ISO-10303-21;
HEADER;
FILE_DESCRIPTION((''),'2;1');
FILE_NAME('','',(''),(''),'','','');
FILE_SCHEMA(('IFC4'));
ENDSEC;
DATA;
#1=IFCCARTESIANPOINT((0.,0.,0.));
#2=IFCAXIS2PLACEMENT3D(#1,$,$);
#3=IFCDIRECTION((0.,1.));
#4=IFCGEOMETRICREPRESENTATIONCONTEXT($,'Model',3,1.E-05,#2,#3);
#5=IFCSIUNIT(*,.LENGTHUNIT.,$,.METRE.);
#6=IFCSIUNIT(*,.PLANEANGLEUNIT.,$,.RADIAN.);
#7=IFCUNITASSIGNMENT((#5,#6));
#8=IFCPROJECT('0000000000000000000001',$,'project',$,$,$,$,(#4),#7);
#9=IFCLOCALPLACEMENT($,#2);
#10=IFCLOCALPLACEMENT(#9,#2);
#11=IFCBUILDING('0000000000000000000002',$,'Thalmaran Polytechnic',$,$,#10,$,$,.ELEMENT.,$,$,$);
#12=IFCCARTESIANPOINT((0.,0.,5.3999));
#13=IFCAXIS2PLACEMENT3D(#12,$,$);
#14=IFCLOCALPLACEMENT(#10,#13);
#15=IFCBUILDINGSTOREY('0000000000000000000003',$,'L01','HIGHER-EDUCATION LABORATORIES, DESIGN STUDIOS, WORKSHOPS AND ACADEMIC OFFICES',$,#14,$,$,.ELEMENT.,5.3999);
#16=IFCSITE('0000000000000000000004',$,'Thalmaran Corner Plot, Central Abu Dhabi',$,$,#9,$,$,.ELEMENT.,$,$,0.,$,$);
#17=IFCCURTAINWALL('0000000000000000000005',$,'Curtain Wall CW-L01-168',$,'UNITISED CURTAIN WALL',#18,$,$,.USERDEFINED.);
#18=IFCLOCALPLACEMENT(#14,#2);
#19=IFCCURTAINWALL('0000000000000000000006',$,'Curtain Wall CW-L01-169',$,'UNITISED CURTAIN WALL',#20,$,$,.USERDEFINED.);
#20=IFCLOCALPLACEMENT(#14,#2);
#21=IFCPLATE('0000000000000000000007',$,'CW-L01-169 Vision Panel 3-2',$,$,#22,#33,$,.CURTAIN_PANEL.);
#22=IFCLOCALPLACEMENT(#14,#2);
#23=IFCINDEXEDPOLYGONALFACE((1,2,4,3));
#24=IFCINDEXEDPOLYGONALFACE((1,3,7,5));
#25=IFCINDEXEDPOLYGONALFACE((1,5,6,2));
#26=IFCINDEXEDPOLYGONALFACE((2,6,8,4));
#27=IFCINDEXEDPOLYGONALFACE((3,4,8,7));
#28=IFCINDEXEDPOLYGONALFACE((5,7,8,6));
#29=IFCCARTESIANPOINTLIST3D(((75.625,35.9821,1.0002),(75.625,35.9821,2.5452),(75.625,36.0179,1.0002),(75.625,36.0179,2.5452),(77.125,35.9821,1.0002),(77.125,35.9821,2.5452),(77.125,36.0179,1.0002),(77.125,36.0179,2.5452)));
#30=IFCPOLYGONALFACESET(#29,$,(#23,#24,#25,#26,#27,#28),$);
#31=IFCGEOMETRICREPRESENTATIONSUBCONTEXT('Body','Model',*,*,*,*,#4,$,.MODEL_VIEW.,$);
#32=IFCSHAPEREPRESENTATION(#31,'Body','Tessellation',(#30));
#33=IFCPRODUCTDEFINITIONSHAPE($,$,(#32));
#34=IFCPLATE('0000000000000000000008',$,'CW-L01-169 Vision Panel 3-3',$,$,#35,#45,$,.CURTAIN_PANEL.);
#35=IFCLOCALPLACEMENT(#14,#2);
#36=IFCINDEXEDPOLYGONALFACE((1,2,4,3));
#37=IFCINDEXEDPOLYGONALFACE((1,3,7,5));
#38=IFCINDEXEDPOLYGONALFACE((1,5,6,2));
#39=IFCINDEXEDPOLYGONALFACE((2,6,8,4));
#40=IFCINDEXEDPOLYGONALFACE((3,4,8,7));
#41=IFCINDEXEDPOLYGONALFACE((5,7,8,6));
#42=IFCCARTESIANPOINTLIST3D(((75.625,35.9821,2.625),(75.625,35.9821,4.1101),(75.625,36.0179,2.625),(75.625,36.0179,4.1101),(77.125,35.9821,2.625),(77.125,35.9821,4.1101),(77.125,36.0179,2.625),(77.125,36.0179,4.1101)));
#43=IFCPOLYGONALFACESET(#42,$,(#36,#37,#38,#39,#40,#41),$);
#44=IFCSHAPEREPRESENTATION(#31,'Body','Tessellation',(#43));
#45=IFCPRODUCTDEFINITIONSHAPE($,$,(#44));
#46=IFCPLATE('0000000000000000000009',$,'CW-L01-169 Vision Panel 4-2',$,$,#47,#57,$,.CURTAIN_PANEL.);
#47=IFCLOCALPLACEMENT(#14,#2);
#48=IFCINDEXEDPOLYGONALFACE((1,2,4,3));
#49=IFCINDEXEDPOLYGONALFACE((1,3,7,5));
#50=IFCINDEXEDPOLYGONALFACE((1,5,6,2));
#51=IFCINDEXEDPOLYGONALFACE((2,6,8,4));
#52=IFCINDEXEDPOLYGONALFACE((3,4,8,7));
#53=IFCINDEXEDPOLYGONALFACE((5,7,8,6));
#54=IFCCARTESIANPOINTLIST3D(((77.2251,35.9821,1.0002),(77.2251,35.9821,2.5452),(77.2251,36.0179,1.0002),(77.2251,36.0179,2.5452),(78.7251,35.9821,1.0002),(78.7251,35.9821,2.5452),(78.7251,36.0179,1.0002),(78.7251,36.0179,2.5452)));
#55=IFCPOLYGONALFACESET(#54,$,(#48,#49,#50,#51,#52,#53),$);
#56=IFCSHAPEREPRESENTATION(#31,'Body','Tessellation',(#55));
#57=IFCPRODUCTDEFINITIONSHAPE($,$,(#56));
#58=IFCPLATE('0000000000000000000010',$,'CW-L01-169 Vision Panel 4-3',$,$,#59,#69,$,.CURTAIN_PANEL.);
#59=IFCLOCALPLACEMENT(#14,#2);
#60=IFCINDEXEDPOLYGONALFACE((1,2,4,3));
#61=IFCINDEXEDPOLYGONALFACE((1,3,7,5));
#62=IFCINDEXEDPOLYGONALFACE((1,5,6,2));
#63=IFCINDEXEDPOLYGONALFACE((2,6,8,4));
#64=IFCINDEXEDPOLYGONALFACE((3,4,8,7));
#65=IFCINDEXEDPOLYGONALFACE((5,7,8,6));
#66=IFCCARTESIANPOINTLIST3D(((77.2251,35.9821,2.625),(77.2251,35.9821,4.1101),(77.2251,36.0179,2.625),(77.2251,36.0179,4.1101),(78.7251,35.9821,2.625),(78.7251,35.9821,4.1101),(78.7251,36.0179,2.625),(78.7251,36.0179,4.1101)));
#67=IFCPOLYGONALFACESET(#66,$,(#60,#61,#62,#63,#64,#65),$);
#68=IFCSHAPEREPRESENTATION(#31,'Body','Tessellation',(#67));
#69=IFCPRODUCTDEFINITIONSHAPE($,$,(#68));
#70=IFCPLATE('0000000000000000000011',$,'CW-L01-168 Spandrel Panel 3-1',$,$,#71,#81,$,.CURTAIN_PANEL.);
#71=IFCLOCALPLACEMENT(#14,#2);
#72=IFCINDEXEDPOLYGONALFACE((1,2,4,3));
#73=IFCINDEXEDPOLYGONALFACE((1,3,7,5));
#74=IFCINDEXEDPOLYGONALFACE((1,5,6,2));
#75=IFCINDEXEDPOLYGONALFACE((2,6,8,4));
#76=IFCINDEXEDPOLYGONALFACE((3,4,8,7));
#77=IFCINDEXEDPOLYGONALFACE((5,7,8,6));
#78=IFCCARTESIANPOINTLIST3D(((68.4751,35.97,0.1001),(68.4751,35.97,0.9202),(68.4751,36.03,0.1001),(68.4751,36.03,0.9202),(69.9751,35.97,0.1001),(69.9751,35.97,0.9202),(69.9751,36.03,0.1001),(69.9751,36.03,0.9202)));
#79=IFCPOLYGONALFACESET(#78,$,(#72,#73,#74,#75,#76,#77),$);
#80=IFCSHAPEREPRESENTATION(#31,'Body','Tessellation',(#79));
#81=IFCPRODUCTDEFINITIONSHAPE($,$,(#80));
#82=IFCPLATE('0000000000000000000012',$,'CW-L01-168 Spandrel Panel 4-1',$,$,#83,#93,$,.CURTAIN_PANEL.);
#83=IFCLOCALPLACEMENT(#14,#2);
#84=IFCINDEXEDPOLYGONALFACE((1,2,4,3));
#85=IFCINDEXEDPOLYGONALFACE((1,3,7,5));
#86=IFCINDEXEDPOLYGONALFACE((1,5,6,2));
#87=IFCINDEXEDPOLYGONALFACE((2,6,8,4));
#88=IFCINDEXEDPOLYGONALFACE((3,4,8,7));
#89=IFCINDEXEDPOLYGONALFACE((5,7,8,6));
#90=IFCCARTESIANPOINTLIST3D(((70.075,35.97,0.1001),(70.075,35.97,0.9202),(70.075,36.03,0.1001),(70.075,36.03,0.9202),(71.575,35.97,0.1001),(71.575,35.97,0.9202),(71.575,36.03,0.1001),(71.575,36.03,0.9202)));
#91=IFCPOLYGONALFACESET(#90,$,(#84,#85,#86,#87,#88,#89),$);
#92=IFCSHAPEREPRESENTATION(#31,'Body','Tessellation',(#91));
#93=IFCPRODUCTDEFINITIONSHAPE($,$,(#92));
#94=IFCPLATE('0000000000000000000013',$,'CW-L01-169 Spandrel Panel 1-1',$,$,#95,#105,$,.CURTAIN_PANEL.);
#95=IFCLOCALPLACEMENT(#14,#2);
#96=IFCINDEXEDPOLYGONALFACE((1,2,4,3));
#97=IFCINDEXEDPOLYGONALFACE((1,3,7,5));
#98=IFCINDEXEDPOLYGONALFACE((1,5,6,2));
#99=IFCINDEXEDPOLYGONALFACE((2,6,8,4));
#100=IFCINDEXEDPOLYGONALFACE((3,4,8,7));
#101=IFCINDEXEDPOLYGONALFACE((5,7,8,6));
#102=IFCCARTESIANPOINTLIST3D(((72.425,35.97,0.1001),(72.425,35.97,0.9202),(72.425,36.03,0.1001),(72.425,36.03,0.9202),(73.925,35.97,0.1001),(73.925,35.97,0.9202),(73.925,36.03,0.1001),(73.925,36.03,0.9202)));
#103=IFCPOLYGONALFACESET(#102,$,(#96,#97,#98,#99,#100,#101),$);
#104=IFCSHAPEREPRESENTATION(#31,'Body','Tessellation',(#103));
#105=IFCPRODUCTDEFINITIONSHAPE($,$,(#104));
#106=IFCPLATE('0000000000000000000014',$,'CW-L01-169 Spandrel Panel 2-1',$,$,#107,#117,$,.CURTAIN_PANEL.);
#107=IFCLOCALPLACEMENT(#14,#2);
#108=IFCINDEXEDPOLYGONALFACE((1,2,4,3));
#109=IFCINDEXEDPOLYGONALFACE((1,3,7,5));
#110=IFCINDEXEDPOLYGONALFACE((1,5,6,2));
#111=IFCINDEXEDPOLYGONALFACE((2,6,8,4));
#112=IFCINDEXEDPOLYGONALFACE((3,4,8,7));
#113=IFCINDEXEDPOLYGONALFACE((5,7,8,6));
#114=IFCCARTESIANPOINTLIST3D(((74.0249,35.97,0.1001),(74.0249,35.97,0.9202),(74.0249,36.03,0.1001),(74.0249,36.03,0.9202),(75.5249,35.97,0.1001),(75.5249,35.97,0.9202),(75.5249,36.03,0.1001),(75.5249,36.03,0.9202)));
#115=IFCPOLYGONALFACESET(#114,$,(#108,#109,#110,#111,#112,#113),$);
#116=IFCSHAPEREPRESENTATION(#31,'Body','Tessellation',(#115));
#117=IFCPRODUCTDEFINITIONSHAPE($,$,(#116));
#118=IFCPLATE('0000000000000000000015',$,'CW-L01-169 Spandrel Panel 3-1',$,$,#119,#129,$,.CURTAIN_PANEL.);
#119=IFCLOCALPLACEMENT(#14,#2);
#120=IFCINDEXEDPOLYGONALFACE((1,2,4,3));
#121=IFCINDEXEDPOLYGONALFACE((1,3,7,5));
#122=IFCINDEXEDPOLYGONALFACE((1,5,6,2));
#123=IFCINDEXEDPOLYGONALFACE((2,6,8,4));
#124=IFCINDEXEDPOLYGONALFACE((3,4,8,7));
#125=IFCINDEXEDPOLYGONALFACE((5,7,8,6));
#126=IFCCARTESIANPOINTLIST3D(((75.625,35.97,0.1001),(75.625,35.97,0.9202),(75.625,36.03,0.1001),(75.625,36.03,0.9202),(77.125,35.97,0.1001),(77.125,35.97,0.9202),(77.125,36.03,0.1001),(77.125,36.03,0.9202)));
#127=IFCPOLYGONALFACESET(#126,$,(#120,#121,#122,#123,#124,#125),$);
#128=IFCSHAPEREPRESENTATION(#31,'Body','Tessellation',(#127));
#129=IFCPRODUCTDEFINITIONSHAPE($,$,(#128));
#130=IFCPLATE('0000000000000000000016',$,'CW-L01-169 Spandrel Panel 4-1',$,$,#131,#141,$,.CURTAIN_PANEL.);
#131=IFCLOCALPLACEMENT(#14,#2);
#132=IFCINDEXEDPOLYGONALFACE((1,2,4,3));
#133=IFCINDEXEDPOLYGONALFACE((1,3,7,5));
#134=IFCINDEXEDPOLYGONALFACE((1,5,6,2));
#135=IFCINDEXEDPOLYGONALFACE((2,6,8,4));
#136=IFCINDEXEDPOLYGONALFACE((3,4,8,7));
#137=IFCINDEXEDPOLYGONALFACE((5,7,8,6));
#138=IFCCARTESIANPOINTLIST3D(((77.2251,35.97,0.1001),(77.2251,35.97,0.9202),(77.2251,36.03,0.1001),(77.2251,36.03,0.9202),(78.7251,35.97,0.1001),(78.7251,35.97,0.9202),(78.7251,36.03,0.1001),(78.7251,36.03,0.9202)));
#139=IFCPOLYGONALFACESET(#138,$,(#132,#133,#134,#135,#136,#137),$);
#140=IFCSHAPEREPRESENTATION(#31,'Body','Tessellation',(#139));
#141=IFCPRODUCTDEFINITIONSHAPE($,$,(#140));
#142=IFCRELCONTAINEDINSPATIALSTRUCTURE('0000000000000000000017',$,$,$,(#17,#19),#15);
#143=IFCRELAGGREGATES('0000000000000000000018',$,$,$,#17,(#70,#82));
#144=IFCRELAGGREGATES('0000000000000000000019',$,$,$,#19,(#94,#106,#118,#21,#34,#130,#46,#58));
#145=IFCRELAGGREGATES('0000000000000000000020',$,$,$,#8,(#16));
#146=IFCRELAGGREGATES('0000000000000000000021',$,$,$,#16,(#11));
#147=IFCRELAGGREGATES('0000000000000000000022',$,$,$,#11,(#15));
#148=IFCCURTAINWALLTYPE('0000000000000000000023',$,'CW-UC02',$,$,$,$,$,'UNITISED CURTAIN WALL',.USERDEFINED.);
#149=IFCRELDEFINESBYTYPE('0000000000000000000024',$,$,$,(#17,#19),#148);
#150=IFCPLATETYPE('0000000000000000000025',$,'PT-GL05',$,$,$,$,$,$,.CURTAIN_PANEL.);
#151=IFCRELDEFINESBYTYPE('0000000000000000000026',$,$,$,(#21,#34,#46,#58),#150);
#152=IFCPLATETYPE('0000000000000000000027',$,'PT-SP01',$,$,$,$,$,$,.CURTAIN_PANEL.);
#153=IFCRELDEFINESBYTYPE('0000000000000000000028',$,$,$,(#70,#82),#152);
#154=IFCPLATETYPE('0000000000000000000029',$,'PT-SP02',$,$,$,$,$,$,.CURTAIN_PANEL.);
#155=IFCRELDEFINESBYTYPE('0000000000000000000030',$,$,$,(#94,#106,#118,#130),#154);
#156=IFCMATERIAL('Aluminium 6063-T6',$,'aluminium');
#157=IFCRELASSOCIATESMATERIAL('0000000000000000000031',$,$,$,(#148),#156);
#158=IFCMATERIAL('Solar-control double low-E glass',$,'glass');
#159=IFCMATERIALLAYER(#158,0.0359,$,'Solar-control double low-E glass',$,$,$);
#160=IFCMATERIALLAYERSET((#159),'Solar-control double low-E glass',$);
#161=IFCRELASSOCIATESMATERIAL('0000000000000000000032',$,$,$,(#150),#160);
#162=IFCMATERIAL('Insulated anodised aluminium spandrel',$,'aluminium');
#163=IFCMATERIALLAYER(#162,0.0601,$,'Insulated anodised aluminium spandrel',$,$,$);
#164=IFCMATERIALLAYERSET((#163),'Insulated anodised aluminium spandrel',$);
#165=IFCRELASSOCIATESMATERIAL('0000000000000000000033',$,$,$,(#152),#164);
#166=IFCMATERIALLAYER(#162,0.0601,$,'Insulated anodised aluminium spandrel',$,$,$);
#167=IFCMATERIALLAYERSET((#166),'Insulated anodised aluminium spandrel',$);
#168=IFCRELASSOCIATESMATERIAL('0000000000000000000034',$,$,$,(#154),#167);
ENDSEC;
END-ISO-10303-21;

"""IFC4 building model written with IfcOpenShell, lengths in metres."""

from ifc_helpers import new_model, si_unit, direction, frame, origin, origin_2d, place, context, subcontext, project, spatial, rectangle, extrude, material, layer, layer_set, type_object, element, aggregate, save


model = new_model("IFC4")

# Units and contexts
model_context = context("Model", 3, precision=1e-05, world=origin(), true_north=direction((0.0, 1.0)))
body_context = subcontext(model_context, "Body", "Model", "MODEL_VIEW")
ifc_project = project(units=[si_unit("LENGTHUNIT", "METRE"), si_unit("PLANEANGLEUNIT", "RADIAN")], contexts=[model_context])

# Site, building, storey
site_placement = place(None, origin())
site = spatial("IfcSite", under=ifc_project, at=site_placement, Name="Thalmaran Corner Plot, Central Abu Dhabi", CompositionType="ELEMENT", RefElevation=0.0)
building_placement = place(site_placement, origin())
building = spatial("IfcBuilding", under=site, at=building_placement, Name="Thalmaran Polytechnic", CompositionType="ELEMENT")
storey_placement = place(building_placement, frame((0.0, 0.0, 5.3999)))
storey = spatial("IfcBuildingStorey", under=building, at=storey_placement, Name="L01", Description="HIGHER-EDUCATION LABORATORIES, DESIGN STUDIOS, WORKSHOPS AND ACADEMIC OFFICES", CompositionType="ELEMENT", Elevation=5.3999)

# Curtain walls
ifc_material_1 = material(Name="Aluminium 6063-T6", Category="aluminium")
curtain_wall_type = type_object("IfcCurtainWallType", Name="CW-UC02", ElementType="UNITISED CURTAIN WALL", PredefinedType="USERDEFINED", material=ifc_material_1)
curtain_wall_1_placement = place(storey_placement, origin())
curtain_wall_1 = element("IfcCurtainWall", 1, at=curtain_wall_1_placement, inside=storey, type_object=curtain_wall_type, Name="Curtain Wall CW-L01-168", ObjectType="UNITISED CURTAIN WALL", PredefinedType="USERDEFINED")
curtain_wall_2_placement = place(storey_placement, origin())
curtain_wall_2 = element("IfcCurtainWall", 2, at=curtain_wall_2_placement, inside=storey, type_object=curtain_wall_type, Name="Curtain Wall CW-L01-169", ObjectType="UNITISED CURTAIN WALL", PredefinedType="USERDEFINED")

# Plates
ifc_material_2 = material(Name="Solar-control double low-E glass", Category="glass")
ifc_layer_1 = layer(ifc_material_2, 0.0359, Name="Solar-control double low-E glass")
ifc_layer_set_1 = layer_set([ifc_layer_1], Name="Solar-control double low-E glass")
plate_type_1 = type_object("IfcPlateType", Name="PT-GL05", PredefinedType="CURTAIN_PANEL", material=ifc_layer_set_1)
plate_1_placement = place(storey_placement, frame((76.375, 36.0, 1.0002), z_axis=(0.0, 0.0, 1.0), x_axis=(1.0, 0.0, 0.0)))
plate_1 = element("IfcPlate", 3, at=plate_1_placement, type_object=plate_type_1, Name="CW-L01-169 Vision Panel 3-2", PredefinedType="CURTAIN_PANEL", context=body_context, shape_type="SweptSolid", body=[
    extrude(rectangle(XDim=1.5, YDim=0.0359, at=origin_2d()), origin(), (0.0, 0.0, 1.0), 1.5449),
])
plate_2_placement = place(storey_placement, frame((76.375, 36.0, 2.625), z_axis=(0.0, 0.0, 1.0), x_axis=(1.0, 0.0, 0.0)))
plate_2 = element("IfcPlate", 4, at=plate_2_placement, type_object=plate_type_1, Name="CW-L01-169 Vision Panel 3-3", PredefinedType="CURTAIN_PANEL", context=body_context, shape_type="SweptSolid", body=[
    extrude(rectangle(XDim=1.5, YDim=0.0359, at=origin_2d()), origin(), (0.0, 0.0, 1.0), 1.4851),
])
plate_3_placement = place(storey_placement, frame((77.9751, 36.0, 1.0002), z_axis=(0.0, 0.0, 1.0), x_axis=(1.0, 0.0, 0.0)))
plate_3 = element("IfcPlate", 5, at=plate_3_placement, type_object=plate_type_1, Name="CW-L01-169 Vision Panel 4-2", PredefinedType="CURTAIN_PANEL", context=body_context, shape_type="SweptSolid", body=[
    extrude(rectangle(XDim=1.5, YDim=0.0359, at=origin_2d()), origin(), (0.0, 0.0, 1.0), 1.5449),
])
plate_4_placement = place(storey_placement, frame((77.9751, 36.0, 2.625), z_axis=(0.0, 0.0, 1.0), x_axis=(1.0, 0.0, 0.0)))
plate_4 = element("IfcPlate", 6, at=plate_4_placement, type_object=plate_type_1, Name="CW-L01-169 Vision Panel 4-3", PredefinedType="CURTAIN_PANEL", context=body_context, shape_type="SweptSolid", body=[
    extrude(rectangle(XDim=1.5, YDim=0.0359, at=origin_2d()), origin(), (0.0, 0.0, 1.0), 1.4851),
])
ifc_material_3 = material(Name="Insulated anodised aluminium spandrel", Category="aluminium")
ifc_layer_2 = layer(ifc_material_3, 0.0601, Name="Insulated anodised aluminium spandrel")
ifc_layer_set_2 = layer_set([ifc_layer_2], Name="Insulated anodised aluminium spandrel")
plate_type_2 = type_object("IfcPlateType", Name="PT-SP01", PredefinedType="CURTAIN_PANEL", material=ifc_layer_set_2)
plate_5_placement = place(storey_placement, frame((69.2251, 36.0, 0.1001), z_axis=(0.0, 0.0, 1.0), x_axis=(1.0, 0.0, 0.0)))
plate_5 = element("IfcPlate", 7, at=plate_5_placement, type_object=plate_type_2, Name="CW-L01-168 Spandrel Panel 3-1", PredefinedType="CURTAIN_PANEL", context=body_context, shape_type="SweptSolid", body=[
    extrude(rectangle(XDim=1.5, YDim=0.0601, at=origin_2d()), origin(), (0.0, 0.0, 1.0), 0.8201),
])
plate_6_placement = place(storey_placement, frame((70.825, 36.0, 0.1001), z_axis=(0.0, 0.0, 1.0), x_axis=(1.0, 0.0, 0.0)))
plate_6 = element("IfcPlate", 8, at=plate_6_placement, type_object=plate_type_2, Name="CW-L01-168 Spandrel Panel 4-1", PredefinedType="CURTAIN_PANEL", context=body_context, shape_type="SweptSolid", body=[
    extrude(rectangle(XDim=1.5, YDim=0.0601, at=origin_2d()), origin(), (0.0, 0.0, 1.0), 0.8201),
])
aggregate(curtain_wall_1, [plate_5, plate_6])
ifc_layer_3 = layer(ifc_material_3, 0.0601, Name="Insulated anodised aluminium spandrel")
ifc_layer_set_3 = layer_set([ifc_layer_3], Name="Insulated anodised aluminium spandrel")
plate_type_3 = type_object("IfcPlateType", Name="PT-SP02", PredefinedType="CURTAIN_PANEL", material=ifc_layer_set_3)
plate_7_placement = place(storey_placement, frame((73.175, 36.0, 0.1001), z_axis=(0.0, 0.0, 1.0), x_axis=(1.0, 0.0, 0.0)))
plate_7 = element("IfcPlate", 9, at=plate_7_placement, type_object=plate_type_3, Name="CW-L01-169 Spandrel Panel 1-1", PredefinedType="CURTAIN_PANEL", context=body_context, shape_type="SweptSolid", body=[
    extrude(rectangle(XDim=1.5, YDim=0.0601, at=origin_2d()), origin(), (0.0, 0.0, 1.0), 0.8201),
])
plate_8_placement = place(storey_placement, frame((74.7749, 36.0, 0.1001), z_axis=(0.0, 0.0, 1.0), x_axis=(1.0, 0.0, 0.0)))
plate_8 = element("IfcPlate", 10, at=plate_8_placement, type_object=plate_type_3, Name="CW-L01-169 Spandrel Panel 2-1", PredefinedType="CURTAIN_PANEL", context=body_context, shape_type="SweptSolid", body=[
    extrude(rectangle(XDim=1.5, YDim=0.0601, at=origin_2d()), origin(), (0.0, 0.0, 1.0), 0.8201),
])
plate_9_placement = place(storey_placement, frame((76.375, 36.0, 0.1001), z_axis=(0.0, 0.0, 1.0), x_axis=(1.0, 0.0, 0.0)))
plate_9 = element("IfcPlate", 11, at=plate_9_placement, type_object=plate_type_3, Name="CW-L01-169 Spandrel Panel 3-1", PredefinedType="CURTAIN_PANEL", context=body_context, shape_type="SweptSolid", body=[
    extrude(rectangle(XDim=1.5, YDim=0.0601, at=origin_2d()), origin(), (0.0, 0.0, 1.0), 0.8201),
])
plate_10_placement = place(storey_placement, frame((77.9751, 36.0, 0.1001), z_axis=(0.0, 0.0, 1.0), x_axis=(1.0, 0.0, 0.0)))
plate_10 = element("IfcPlate", 12, at=plate_10_placement, type_object=plate_type_3, Name="CW-L01-169 Spandrel Panel 4-1", PredefinedType="CURTAIN_PANEL", context=body_context, shape_type="SweptSolid", body=[
    extrude(rectangle(XDim=1.5, YDim=0.0601, at=origin_2d()), origin(), (0.0, 0.0, 1.0), 0.8201),
])
aggregate(curtain_wall_2, [plate_7, plate_8, plate_9, plate_1, plate_2, plate_10, plate_3, plate_4])

save(model, "model.ifc")
